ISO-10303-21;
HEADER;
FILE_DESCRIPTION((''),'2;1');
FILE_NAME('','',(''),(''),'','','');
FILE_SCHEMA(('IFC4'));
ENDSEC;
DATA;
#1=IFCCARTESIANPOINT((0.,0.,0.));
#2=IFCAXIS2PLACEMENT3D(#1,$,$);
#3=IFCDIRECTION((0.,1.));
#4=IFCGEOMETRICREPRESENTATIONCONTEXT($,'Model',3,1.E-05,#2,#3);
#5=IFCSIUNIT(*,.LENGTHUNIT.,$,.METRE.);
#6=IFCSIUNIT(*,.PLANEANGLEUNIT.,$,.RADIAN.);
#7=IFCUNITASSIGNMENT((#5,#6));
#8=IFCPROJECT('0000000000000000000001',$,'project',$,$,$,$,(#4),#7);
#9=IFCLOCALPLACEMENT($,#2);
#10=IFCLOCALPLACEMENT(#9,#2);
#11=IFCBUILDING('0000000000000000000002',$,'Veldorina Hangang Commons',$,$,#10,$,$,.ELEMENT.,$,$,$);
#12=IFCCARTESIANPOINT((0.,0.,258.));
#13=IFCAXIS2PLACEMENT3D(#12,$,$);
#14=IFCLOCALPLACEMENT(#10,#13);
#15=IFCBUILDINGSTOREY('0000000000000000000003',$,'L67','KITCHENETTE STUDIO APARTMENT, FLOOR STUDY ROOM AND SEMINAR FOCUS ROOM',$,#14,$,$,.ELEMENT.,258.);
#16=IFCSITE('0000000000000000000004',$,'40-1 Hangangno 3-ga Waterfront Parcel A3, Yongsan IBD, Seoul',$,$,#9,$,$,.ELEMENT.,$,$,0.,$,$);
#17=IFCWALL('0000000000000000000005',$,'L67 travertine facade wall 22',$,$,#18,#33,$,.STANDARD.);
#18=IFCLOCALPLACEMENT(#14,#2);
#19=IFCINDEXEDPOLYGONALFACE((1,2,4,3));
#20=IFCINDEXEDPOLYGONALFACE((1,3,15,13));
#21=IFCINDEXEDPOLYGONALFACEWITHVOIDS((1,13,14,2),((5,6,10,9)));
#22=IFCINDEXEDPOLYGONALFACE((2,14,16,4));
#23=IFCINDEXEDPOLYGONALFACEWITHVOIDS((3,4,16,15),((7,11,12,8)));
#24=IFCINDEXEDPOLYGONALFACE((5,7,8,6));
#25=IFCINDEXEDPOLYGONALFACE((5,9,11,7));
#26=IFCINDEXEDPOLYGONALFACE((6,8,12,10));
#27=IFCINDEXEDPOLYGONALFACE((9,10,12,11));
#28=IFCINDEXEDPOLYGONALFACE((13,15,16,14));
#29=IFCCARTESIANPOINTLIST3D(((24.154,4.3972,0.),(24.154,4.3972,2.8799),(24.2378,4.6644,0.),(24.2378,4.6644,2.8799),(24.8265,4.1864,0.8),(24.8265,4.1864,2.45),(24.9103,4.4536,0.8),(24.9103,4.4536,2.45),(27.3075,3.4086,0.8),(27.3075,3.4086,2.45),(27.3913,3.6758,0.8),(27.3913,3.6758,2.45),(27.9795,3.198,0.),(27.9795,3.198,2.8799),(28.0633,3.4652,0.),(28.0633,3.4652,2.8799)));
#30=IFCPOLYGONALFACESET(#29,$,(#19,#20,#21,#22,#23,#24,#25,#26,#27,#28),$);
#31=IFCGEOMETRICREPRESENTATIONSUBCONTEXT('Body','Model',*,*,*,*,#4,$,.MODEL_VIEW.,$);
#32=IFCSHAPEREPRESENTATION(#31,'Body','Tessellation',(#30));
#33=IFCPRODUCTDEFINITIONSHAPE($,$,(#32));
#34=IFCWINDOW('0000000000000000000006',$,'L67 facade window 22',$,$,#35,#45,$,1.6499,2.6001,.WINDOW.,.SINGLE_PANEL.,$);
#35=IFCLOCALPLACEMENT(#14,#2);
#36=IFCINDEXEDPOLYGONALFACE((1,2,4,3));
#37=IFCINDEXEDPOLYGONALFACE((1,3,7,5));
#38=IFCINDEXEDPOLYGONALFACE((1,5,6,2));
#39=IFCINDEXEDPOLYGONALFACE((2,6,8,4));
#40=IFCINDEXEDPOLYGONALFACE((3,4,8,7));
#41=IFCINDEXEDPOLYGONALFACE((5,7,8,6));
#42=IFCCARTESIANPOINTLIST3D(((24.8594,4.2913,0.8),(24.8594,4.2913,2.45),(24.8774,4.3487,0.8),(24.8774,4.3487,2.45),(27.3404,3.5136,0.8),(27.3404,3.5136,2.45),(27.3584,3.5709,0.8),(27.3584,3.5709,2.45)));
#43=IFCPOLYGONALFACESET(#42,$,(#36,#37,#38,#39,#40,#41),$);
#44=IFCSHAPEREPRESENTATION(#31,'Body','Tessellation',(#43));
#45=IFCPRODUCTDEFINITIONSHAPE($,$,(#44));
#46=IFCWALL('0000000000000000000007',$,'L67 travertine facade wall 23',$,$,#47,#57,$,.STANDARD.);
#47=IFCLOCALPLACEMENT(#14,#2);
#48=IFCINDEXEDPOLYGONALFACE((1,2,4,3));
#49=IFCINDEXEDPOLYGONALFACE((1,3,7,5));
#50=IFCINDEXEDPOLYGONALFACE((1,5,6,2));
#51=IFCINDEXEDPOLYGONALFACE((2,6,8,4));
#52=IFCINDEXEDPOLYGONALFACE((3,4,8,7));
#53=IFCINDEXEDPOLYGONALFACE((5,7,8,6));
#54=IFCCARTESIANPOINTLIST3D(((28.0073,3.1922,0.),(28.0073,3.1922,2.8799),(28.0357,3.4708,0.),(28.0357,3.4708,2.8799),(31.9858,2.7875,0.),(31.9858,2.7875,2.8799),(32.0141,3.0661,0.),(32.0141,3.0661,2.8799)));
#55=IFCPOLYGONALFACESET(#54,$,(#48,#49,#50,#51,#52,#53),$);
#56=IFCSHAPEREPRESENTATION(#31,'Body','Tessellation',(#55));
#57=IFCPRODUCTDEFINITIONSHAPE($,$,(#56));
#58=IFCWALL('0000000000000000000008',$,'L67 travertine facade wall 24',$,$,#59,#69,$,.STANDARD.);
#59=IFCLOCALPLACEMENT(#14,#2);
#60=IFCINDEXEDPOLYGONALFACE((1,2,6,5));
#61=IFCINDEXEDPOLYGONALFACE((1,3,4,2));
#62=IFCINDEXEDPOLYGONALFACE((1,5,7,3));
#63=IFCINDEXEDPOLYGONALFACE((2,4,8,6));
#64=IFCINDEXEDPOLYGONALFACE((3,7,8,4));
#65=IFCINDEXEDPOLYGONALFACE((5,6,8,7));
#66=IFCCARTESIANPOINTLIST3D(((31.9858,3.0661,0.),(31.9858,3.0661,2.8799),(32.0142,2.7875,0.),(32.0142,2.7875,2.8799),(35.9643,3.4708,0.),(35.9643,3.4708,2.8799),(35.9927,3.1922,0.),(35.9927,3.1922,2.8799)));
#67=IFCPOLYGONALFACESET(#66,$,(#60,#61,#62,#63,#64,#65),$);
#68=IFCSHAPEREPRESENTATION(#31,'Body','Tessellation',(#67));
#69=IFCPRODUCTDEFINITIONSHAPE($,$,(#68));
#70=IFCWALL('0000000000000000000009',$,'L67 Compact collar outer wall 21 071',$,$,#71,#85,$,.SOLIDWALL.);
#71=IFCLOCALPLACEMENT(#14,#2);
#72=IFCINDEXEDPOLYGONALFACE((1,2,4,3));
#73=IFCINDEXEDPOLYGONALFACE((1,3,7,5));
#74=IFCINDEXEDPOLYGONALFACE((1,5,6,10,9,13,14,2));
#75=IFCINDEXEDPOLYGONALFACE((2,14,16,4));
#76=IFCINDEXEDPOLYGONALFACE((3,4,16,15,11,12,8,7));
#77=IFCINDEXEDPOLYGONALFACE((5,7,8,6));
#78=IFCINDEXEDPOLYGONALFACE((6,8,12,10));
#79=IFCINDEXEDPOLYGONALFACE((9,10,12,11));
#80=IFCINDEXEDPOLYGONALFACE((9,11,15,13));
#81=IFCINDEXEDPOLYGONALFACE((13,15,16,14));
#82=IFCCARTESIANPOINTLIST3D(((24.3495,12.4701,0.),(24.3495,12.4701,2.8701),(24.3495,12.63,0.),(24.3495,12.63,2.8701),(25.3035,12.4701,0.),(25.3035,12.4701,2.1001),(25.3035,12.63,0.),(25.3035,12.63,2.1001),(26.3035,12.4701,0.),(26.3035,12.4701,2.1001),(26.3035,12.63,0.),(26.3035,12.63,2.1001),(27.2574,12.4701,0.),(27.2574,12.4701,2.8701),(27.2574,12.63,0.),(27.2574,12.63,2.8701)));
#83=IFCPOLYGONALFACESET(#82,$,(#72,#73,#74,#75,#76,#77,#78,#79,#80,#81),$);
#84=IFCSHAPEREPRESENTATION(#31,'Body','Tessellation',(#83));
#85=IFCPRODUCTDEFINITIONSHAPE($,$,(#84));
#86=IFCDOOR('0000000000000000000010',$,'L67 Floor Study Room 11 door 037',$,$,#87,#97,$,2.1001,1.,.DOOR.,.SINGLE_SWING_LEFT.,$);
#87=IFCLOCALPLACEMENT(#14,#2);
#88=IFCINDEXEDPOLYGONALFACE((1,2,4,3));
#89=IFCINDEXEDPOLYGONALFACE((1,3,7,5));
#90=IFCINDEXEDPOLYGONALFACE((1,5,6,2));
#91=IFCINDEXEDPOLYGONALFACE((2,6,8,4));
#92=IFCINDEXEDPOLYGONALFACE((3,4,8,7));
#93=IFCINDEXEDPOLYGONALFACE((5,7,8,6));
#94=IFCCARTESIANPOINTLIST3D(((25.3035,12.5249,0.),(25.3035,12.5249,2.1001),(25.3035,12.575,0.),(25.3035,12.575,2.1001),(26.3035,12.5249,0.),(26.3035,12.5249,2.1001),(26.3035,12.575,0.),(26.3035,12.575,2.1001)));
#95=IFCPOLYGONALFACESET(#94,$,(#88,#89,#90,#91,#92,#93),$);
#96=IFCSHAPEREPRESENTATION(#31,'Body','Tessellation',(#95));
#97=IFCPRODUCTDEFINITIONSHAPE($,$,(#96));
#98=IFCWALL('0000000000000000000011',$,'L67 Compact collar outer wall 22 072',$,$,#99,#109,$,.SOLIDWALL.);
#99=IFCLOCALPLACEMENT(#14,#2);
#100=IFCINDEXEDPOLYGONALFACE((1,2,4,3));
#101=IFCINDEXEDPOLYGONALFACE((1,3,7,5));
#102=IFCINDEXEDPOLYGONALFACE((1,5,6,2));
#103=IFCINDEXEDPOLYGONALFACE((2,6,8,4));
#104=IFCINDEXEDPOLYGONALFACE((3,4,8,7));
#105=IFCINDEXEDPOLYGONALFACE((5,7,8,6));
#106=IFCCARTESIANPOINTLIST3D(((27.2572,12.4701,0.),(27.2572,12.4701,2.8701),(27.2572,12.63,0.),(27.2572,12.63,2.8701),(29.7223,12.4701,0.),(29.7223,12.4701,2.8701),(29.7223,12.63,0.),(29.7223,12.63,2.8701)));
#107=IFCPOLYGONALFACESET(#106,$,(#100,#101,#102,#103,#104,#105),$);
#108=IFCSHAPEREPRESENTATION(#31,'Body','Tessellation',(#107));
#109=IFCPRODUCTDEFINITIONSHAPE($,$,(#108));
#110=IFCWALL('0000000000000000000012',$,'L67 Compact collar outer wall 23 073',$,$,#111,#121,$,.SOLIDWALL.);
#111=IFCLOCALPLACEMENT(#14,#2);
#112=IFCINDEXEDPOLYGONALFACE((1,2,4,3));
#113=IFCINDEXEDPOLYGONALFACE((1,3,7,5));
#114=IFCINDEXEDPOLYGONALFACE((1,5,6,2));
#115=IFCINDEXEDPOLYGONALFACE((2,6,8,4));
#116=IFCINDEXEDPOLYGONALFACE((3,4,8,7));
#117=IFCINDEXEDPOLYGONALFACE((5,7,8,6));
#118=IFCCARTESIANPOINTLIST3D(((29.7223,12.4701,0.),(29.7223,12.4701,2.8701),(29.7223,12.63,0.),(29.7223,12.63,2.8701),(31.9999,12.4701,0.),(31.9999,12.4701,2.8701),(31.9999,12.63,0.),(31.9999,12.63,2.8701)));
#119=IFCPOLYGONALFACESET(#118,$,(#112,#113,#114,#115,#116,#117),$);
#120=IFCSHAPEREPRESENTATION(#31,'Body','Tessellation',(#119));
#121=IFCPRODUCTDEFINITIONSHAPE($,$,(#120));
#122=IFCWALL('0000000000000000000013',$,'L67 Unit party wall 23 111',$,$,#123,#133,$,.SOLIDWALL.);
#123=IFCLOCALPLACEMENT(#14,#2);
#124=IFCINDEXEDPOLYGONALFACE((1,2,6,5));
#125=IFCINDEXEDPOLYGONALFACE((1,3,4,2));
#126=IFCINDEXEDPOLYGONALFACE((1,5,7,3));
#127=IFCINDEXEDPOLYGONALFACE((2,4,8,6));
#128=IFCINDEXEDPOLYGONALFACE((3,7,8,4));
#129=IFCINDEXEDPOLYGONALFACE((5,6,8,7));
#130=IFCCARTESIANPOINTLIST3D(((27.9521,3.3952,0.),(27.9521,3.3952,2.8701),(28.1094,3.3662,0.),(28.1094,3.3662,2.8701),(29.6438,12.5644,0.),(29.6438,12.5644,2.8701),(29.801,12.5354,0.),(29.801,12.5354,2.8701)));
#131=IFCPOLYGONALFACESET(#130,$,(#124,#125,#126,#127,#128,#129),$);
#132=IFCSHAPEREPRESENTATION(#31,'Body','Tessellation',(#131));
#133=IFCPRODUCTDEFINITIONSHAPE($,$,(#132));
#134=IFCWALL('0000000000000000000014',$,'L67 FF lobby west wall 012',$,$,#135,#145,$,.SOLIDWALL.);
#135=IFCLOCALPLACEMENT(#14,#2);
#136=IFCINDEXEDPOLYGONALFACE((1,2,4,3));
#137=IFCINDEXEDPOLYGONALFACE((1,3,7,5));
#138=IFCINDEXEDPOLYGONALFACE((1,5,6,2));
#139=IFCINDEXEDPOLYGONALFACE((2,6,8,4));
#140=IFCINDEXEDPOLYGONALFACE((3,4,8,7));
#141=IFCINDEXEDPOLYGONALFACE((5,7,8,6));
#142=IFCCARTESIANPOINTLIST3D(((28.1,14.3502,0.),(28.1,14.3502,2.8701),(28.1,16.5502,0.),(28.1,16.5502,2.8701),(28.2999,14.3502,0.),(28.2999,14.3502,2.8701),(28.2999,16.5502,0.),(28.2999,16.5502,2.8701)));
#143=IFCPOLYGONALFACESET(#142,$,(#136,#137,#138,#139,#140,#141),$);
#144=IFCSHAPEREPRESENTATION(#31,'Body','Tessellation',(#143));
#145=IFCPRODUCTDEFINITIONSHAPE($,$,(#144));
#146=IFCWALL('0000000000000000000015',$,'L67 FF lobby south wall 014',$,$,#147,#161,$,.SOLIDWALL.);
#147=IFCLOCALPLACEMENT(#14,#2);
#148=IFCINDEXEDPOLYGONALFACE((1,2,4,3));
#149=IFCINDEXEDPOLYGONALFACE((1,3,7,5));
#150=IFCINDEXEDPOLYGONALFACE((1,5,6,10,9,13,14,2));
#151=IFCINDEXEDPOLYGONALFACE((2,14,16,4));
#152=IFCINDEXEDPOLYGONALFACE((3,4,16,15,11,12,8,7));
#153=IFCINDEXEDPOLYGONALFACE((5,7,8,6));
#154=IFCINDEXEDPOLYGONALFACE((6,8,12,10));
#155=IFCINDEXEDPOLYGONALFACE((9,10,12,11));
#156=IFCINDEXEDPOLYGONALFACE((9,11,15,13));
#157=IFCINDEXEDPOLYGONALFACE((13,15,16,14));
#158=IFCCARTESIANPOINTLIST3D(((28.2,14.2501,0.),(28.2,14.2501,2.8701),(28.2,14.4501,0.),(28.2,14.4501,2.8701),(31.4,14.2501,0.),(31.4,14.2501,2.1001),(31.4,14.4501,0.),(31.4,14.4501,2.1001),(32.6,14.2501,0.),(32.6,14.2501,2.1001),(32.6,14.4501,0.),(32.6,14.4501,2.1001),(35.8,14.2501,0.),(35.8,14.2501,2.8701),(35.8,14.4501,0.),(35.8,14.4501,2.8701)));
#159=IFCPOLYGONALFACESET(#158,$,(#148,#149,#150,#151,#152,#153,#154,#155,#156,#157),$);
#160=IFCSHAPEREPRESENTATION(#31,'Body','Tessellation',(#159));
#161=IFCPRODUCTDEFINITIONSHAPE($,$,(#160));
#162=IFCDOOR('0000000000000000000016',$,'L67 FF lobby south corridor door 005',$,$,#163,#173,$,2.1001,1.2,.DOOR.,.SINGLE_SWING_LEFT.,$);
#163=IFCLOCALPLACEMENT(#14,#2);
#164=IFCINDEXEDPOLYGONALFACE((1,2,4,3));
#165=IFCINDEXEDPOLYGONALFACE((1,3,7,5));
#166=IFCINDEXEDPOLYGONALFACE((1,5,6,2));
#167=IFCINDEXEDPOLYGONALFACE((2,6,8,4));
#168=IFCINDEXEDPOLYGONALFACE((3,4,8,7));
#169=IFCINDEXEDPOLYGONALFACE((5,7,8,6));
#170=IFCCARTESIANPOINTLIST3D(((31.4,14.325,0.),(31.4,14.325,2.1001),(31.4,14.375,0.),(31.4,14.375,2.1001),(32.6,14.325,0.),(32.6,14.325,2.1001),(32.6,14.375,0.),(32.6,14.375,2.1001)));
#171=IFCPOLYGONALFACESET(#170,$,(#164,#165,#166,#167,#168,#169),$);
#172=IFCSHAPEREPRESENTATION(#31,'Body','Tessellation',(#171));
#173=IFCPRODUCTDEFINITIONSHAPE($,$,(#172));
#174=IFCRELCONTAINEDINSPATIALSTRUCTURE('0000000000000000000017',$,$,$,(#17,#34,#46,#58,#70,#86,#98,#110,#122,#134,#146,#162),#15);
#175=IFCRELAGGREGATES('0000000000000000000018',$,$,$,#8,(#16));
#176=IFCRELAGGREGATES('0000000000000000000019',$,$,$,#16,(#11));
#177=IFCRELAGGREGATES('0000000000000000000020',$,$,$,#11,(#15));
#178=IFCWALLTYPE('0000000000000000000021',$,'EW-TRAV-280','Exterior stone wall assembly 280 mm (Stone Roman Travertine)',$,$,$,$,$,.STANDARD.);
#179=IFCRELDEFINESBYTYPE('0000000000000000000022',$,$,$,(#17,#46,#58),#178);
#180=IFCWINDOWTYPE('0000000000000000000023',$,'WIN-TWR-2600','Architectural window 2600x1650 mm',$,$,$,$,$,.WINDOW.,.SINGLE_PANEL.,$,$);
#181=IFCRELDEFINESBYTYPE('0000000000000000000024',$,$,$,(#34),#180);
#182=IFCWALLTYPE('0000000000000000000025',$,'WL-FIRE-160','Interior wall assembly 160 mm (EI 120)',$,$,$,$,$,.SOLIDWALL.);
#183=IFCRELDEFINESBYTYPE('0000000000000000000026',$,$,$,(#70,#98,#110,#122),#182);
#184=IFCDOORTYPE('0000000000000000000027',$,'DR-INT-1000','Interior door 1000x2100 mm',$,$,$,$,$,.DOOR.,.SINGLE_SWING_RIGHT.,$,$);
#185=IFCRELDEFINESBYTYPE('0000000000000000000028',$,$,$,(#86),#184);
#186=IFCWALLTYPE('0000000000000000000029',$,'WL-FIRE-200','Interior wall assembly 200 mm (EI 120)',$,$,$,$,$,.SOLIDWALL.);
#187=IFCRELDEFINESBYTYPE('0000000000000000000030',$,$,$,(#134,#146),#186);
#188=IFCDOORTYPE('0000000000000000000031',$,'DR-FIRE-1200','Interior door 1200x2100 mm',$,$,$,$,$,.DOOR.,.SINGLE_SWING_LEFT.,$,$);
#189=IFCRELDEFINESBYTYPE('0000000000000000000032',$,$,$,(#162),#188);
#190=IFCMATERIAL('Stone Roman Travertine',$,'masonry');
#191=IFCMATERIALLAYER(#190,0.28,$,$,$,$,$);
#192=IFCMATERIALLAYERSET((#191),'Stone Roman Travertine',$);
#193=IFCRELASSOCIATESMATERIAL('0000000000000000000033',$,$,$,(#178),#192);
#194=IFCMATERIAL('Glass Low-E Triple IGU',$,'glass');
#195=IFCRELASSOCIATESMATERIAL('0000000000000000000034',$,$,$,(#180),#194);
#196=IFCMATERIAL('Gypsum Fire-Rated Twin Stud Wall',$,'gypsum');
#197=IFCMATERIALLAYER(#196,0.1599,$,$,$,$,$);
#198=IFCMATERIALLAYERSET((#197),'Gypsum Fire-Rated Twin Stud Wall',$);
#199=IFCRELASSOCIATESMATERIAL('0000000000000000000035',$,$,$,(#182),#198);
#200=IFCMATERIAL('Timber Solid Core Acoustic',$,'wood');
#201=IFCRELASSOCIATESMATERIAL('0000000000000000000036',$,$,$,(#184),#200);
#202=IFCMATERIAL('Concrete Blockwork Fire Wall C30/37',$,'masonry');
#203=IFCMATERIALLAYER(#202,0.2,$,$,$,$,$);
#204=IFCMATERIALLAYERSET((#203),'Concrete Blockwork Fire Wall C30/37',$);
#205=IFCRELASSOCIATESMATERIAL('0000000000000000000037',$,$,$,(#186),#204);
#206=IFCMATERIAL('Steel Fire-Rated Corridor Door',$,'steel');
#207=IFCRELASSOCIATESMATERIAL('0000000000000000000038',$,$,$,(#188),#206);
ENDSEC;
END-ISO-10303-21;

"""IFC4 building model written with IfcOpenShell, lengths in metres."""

from ifc_helpers import new_model, si_unit, direction, frame, frame_2d, origin, place, context, subcontext, project, spatial, rectangle, extrude, material, layer, layer_set, type_object, element, fill, save


model = new_model("IFC4")

# Units and contexts
model_context = context("Model", 3, precision=1e-05, world=origin(), true_north=direction((0.0, 1.0)))
body_context = subcontext(model_context, "Body", "Model", "MODEL_VIEW")
ifc_project = project(units=[si_unit("LENGTHUNIT", "METRE"), si_unit("PLANEANGLEUNIT", "RADIAN")], contexts=[model_context])

# Site, building, storey
site_placement = place(None, origin())
site = spatial("IfcSite", under=ifc_project, at=site_placement, Name="40-1 Hangangno 3-ga Waterfront Parcel A3, Yongsan IBD, Seoul", CompositionType="ELEMENT", RefElevation=0.0)
building_placement = place(site_placement, origin())
building = spatial("IfcBuilding", under=site, at=building_placement, Name="Veldorina Hangang Commons", CompositionType="ELEMENT")
storey_placement = place(building_placement, frame((0.0, 0.0, 258.0)))
storey = spatial("IfcBuildingStorey", under=building, at=storey_placement, Name="L67", Description="KITCHENETTE STUDIO APARTMENT, FLOOR STUDY ROOM AND SEMINAR FOCUS ROOM", CompositionType="ELEMENT", Elevation=258.0)

# Wall, opening, window
ifc_material_1 = material(Name="Stone Roman Travertine", Category="masonry")
ifc_layer_1 = layer(ifc_material_1, 0.28)
ifc_layer_set_1 = layer_set([ifc_layer_1], Name="Stone Roman Travertine")
wall_type_1 = type_object("IfcWallType", Name="EW-TRAV-280", Description="Exterior stone wall assembly 280 mm (Stone Roman Travertine)", PredefinedType="STANDARD", material=ifc_layer_set_1)
wall_1_placement = place(storey_placement, frame((24.196, 4.5308, 0.0), z_axis=(0.0, 0.0, 1.0), x_axis=(0.954212, -0.299131, 0.0)))
wall_1 = element("IfcWall", 1, at=wall_1_placement, inside=storey, type_object=wall_type_1, Name="L67 travertine facade wall 22", PredefinedType="STANDARD", context=body_context, shape_type="SweptSolid", body=[
    extrude(rectangle(XDim=4.009, YDim=0.28, at=frame_2d((2.0044, 0.0))), origin(), (0.0, 0.0, 1.0), 2.8799),
])
opening_1_placement = place(wall_1_placement, frame((0.7046, 0.0, 0.8)))
opening_1 = element("IfcOpeningElement", 2, at=opening_1_placement, cuts=wall_1, PredefinedType="OPENING", context=body_context, shape_type="SweptSolid", body=[
    extrude(rectangle(XDim=2.6001, YDim=1.6499, at=frame_2d((1.3, 0.825))), frame((0.0, 0.1499, 0.0), z_axis=(0.0, -1.0, 0.0), x_axis=(1.0, 0.0, 0.0)), (0.0, 0.0, 1.0), 0.3),
])
ifc_material_2 = material(Name="Glass Low-E Triple IGU", Category="glass")
window_type = type_object("IfcWindowType", Name="WIN-TWR-2600", Description="Architectural window 2600x1650 mm", PartitioningType="SINGLE_PANEL", PredefinedType="WINDOW", material=ifc_material_2)
window_placement = place(opening_1_placement, origin())
window = element("IfcWindow", 3, at=window_placement, inside=storey, type_object=window_type, Name="L67 facade window 22", OverallHeight=1.6499, OverallWidth=2.6001, PartitioningType="SINGLE_PANEL", PredefinedType="WINDOW", context=body_context, shape_type="SweptSolid", body=[
    extrude(rectangle(XDim=2.6001, YDim=1.6499, at=frame_2d((1.3, 0.825))), frame((0.0, 0.03, 0.0), z_axis=(0.0, -1.0, 0.0), x_axis=(1.0, 0.0, 0.0)), (0.0, 0.0, 1.0), 0.0601),
])
fill(opening_1, window)

# Walls
for number, where, z_axis, x_axis, name in (
    (4, (28.0215, 3.3315, 0.0), (0.0, 0.0, 1.0), (0.994864, -0.10122, 0.0), "L67 travertine facade wall 23"),
    (5, (32.0, 2.9268, 0.0), (0.0, 0.0, 1.0), (0.994864, 0.10122, 0.0), "L67 travertine facade wall 24"),
):
    element("IfcWall", number, at=place(storey_placement, frame(where, z_axis=z_axis, x_axis=x_axis)), inside=storey, type_object=wall_type_1, Name=name, PredefinedType="STANDARD", context=body_context, shape_type="SweptSolid", body=[
        extrude(rectangle(XDim=3.999, YDim=0.28, at=frame_2d((1.9995, 0.0))), origin(), (0.0, 0.0, 1.0), 2.8799),
    ])

# Wall, opening, door
ifc_material_3 = material(Name="Gypsum Fire-Rated Twin Stud Wall", Category="gypsum")
ifc_layer_2 = layer(ifc_material_3, 0.1599)
ifc_layer_set_2 = layer_set([ifc_layer_2], Name="Gypsum Fire-Rated Twin Stud Wall")
wall_type_2 = type_object("IfcWallType", Name="WL-FIRE-160", Description="Interior wall assembly 160 mm (EI 120)", PredefinedType="SOLIDWALL", material=ifc_layer_set_2)
wall_2_placement = place(storey_placement, frame((24.3494, 12.55, 0.0), z_axis=(0.0, 0.0, 1.0), x_axis=(1.0, 0.0, 0.0)))
wall_2 = element("IfcWall", 6, at=wall_2_placement, inside=storey, type_object=wall_type_2, Name="L67 Compact collar outer wall 21 071", PredefinedType="SOLIDWALL", context=body_context, shape_type="SweptSolid", body=[
    extrude(rectangle(XDim=2.908, YDim=0.1599, at=frame_2d((1.4541, 0.0))), origin(), (0.0, 0.0, 1.0), 2.8701),
])
opening_2_placement = place(wall_2_placement, frame((0.9541, 0.0, 0.0)))
opening_2 = element("IfcOpeningElement", 7, at=opening_2_placement, cuts=wall_2, PredefinedType="OPENING", context=body_context, shape_type="SweptSolid", body=[
    extrude(rectangle(XDim=1.0, YDim=2.1001, at=frame_2d((0.5, 1.05))), frame((0.0, 0.0898, 0.0), z_axis=(0.0, -1.0, 0.0), x_axis=(1.0, 0.0, 0.0)), (0.0, 0.0, 1.0), 0.1799),
])
ifc_material_4 = material(Name="Timber Solid Core Acoustic", Category="wood")
door_type_1 = type_object("IfcDoorType", Name="DR-INT-1000", Description="Interior door 1000x2100 mm", OperationType="SINGLE_SWING_RIGHT", PredefinedType="DOOR", material=ifc_material_4)
door_1_placement = place(opening_2_placement, origin())
door_1 = element("IfcDoor", 8, at=door_1_placement, inside=storey, type_object=door_type_1, Name="L67 Floor Study Room 11 door 037", OperationType="SINGLE_SWING_LEFT", OverallHeight=2.1001, OverallWidth=1.0, PredefinedType="DOOR", context=body_context, shape_type="SweptSolid", body=[
    extrude(rectangle(XDim=1.0, YDim=2.1001, at=frame_2d((0.5, 1.05))), frame((0.0, 0.0249, 0.0), z_axis=(0.0, -1.0, 0.0), x_axis=(1.0, 0.0, 0.0)), (0.0, 0.0, 1.0), 0.05),
])
fill(opening_2, door_1)

# Walls
wall_3_placement = place(storey_placement, frame((27.2573, 12.55, 0.0), z_axis=(0.0, 0.0, 1.0), x_axis=(1.0, 0.0, 0.0)))
element("IfcWall", 9, at=wall_3_placement, inside=storey, type_object=wall_type_2, Name="L67 Compact collar outer wall 22 072", PredefinedType="SOLIDWALL", context=body_context, shape_type="SweptSolid", body=[
    extrude(rectangle(XDim=2.4651, YDim=0.1599, at=frame_2d((1.2324, 0.0))), origin(), (0.0, 0.0, 1.0), 2.8701),
])
wall_4_placement = place(storey_placement, frame((29.7224, 12.55, 0.0), z_axis=(0.0, 0.0, 1.0), x_axis=(1.0, 0.0, 0.0)))
element("IfcWall", 10, at=wall_4_placement, inside=storey, type_object=wall_type_2, Name="L67 Compact collar outer wall 23 073", PredefinedType="SOLIDWALL", context=body_context, shape_type="SweptSolid", body=[
    extrude(rectangle(XDim=2.2776, YDim=0.1599, at=frame_2d((1.1387, 0.0))), origin(), (0.0, 0.0, 1.0), 2.8701),
])
wall_5_placement = place(storey_placement, frame((29.7224, 12.55, 0.0), z_axis=(0.0, 0.0, 1.0), x_axis=(-0.181431, -0.983404, 0.0)))
element("IfcWall", 11, at=wall_5_placement, inside=storey, type_object=wall_type_2, Name="L67 Unit party wall 23 111", PredefinedType="SOLIDWALL", context=body_context, shape_type="SweptSolid", body=[
    extrude(rectangle(XDim=9.324, YDim=0.1599, at=frame_2d((4.6621, 0.0))), origin(), (0.0, 0.0, 1.0), 2.8701),
])
ifc_material_5 = material(Name="Concrete Blockwork Fire Wall C30/37", Category="masonry")
ifc_layer_3 = layer(ifc_material_5, 0.2)
ifc_layer_set_3 = layer_set([ifc_layer_3], Name="Concrete Blockwork Fire Wall C30/37")
wall_type_3 = type_object("IfcWallType", Name="WL-FIRE-200", Description="Interior wall assembly 200 mm (EI 120)", PredefinedType="SOLIDWALL", material=ifc_layer_set_3)
wall_6_placement = place(storey_placement, frame((28.2, 14.3501, 0.0), z_axis=(0.0, 0.0, 1.0), x_axis=(0.0, 1.0, 0.0)))
element("IfcWall", 12, at=wall_6_placement, inside=storey, type_object=wall_type_3, Name="L67 FF lobby west wall 012", PredefinedType="SOLIDWALL", context=body_context, shape_type="SweptSolid", body=[
    extrude(rectangle(XDim=2.2, YDim=0.2, at=frame_2d((1.1001, 0.0))), origin(), (0.0, 0.0, 1.0), 2.8701),
])

# Wall, opening, door
wall_7_placement = place(storey_placement, frame((28.2, 14.3501, 0.0), z_axis=(0.0, 0.0, 1.0), x_axis=(1.0, 0.0, 0.0)))
wall_7 = element("IfcWall", 13, at=wall_7_placement, inside=storey, type_object=wall_type_3, Name="L67 FF lobby south wall 014", PredefinedType="SOLIDWALL", context=body_context, shape_type="SweptSolid", body=[
    extrude(rectangle(XDim=7.6001, YDim=0.2, at=frame_2d((3.8, 0.0))), origin(), (0.0, 0.0, 1.0), 2.8701),
])
opening_3_placement = place(wall_7_placement, frame((3.2, 0.0, 0.0)))
opening_3 = element("IfcOpeningElement", 14, at=opening_3_placement, cuts=wall_7, PredefinedType="OPENING", context=body_context, shape_type="SweptSolid", body=[
    extrude(rectangle(XDim=1.2, YDim=2.1001, at=frame_2d((0.6001, 1.05))), frame((0.0, 0.1099, 0.0), z_axis=(0.0, -1.0, 0.0), x_axis=(1.0, 0.0, 0.0)), (0.0, 0.0, 1.0), 0.22),
])
ifc_material_6 = material(Name="Steel Fire-Rated Corridor Door", Category="steel")
door_type_2 = type_object("IfcDoorType", Name="DR-FIRE-1200", Description="Interior door 1200x2100 mm", OperationType="SINGLE_SWING_LEFT", PredefinedType="DOOR", material=ifc_material_6)
door_2_placement = place(opening_3_placement, origin())
door_2 = element("IfcDoor", 15, at=door_2_placement, inside=storey, type_object=door_type_2, Name="L67 FF lobby south corridor door 005", OperationType="SINGLE_SWING_LEFT", OverallHeight=2.1001, OverallWidth=1.2, PredefinedType="DOOR", context=body_context, shape_type="SweptSolid", body=[
    extrude(rectangle(XDim=1.2, YDim=2.1001, at=frame_2d((0.6001, 1.05))), frame((0.0, 0.0249, 0.0), z_axis=(0.0, -1.0, 0.0), x_axis=(1.0, 0.0, 0.0)), (0.0, 0.0, 1.0), 0.05),
])
fill(opening_3, door_2)

save(model, "model.ifc")
